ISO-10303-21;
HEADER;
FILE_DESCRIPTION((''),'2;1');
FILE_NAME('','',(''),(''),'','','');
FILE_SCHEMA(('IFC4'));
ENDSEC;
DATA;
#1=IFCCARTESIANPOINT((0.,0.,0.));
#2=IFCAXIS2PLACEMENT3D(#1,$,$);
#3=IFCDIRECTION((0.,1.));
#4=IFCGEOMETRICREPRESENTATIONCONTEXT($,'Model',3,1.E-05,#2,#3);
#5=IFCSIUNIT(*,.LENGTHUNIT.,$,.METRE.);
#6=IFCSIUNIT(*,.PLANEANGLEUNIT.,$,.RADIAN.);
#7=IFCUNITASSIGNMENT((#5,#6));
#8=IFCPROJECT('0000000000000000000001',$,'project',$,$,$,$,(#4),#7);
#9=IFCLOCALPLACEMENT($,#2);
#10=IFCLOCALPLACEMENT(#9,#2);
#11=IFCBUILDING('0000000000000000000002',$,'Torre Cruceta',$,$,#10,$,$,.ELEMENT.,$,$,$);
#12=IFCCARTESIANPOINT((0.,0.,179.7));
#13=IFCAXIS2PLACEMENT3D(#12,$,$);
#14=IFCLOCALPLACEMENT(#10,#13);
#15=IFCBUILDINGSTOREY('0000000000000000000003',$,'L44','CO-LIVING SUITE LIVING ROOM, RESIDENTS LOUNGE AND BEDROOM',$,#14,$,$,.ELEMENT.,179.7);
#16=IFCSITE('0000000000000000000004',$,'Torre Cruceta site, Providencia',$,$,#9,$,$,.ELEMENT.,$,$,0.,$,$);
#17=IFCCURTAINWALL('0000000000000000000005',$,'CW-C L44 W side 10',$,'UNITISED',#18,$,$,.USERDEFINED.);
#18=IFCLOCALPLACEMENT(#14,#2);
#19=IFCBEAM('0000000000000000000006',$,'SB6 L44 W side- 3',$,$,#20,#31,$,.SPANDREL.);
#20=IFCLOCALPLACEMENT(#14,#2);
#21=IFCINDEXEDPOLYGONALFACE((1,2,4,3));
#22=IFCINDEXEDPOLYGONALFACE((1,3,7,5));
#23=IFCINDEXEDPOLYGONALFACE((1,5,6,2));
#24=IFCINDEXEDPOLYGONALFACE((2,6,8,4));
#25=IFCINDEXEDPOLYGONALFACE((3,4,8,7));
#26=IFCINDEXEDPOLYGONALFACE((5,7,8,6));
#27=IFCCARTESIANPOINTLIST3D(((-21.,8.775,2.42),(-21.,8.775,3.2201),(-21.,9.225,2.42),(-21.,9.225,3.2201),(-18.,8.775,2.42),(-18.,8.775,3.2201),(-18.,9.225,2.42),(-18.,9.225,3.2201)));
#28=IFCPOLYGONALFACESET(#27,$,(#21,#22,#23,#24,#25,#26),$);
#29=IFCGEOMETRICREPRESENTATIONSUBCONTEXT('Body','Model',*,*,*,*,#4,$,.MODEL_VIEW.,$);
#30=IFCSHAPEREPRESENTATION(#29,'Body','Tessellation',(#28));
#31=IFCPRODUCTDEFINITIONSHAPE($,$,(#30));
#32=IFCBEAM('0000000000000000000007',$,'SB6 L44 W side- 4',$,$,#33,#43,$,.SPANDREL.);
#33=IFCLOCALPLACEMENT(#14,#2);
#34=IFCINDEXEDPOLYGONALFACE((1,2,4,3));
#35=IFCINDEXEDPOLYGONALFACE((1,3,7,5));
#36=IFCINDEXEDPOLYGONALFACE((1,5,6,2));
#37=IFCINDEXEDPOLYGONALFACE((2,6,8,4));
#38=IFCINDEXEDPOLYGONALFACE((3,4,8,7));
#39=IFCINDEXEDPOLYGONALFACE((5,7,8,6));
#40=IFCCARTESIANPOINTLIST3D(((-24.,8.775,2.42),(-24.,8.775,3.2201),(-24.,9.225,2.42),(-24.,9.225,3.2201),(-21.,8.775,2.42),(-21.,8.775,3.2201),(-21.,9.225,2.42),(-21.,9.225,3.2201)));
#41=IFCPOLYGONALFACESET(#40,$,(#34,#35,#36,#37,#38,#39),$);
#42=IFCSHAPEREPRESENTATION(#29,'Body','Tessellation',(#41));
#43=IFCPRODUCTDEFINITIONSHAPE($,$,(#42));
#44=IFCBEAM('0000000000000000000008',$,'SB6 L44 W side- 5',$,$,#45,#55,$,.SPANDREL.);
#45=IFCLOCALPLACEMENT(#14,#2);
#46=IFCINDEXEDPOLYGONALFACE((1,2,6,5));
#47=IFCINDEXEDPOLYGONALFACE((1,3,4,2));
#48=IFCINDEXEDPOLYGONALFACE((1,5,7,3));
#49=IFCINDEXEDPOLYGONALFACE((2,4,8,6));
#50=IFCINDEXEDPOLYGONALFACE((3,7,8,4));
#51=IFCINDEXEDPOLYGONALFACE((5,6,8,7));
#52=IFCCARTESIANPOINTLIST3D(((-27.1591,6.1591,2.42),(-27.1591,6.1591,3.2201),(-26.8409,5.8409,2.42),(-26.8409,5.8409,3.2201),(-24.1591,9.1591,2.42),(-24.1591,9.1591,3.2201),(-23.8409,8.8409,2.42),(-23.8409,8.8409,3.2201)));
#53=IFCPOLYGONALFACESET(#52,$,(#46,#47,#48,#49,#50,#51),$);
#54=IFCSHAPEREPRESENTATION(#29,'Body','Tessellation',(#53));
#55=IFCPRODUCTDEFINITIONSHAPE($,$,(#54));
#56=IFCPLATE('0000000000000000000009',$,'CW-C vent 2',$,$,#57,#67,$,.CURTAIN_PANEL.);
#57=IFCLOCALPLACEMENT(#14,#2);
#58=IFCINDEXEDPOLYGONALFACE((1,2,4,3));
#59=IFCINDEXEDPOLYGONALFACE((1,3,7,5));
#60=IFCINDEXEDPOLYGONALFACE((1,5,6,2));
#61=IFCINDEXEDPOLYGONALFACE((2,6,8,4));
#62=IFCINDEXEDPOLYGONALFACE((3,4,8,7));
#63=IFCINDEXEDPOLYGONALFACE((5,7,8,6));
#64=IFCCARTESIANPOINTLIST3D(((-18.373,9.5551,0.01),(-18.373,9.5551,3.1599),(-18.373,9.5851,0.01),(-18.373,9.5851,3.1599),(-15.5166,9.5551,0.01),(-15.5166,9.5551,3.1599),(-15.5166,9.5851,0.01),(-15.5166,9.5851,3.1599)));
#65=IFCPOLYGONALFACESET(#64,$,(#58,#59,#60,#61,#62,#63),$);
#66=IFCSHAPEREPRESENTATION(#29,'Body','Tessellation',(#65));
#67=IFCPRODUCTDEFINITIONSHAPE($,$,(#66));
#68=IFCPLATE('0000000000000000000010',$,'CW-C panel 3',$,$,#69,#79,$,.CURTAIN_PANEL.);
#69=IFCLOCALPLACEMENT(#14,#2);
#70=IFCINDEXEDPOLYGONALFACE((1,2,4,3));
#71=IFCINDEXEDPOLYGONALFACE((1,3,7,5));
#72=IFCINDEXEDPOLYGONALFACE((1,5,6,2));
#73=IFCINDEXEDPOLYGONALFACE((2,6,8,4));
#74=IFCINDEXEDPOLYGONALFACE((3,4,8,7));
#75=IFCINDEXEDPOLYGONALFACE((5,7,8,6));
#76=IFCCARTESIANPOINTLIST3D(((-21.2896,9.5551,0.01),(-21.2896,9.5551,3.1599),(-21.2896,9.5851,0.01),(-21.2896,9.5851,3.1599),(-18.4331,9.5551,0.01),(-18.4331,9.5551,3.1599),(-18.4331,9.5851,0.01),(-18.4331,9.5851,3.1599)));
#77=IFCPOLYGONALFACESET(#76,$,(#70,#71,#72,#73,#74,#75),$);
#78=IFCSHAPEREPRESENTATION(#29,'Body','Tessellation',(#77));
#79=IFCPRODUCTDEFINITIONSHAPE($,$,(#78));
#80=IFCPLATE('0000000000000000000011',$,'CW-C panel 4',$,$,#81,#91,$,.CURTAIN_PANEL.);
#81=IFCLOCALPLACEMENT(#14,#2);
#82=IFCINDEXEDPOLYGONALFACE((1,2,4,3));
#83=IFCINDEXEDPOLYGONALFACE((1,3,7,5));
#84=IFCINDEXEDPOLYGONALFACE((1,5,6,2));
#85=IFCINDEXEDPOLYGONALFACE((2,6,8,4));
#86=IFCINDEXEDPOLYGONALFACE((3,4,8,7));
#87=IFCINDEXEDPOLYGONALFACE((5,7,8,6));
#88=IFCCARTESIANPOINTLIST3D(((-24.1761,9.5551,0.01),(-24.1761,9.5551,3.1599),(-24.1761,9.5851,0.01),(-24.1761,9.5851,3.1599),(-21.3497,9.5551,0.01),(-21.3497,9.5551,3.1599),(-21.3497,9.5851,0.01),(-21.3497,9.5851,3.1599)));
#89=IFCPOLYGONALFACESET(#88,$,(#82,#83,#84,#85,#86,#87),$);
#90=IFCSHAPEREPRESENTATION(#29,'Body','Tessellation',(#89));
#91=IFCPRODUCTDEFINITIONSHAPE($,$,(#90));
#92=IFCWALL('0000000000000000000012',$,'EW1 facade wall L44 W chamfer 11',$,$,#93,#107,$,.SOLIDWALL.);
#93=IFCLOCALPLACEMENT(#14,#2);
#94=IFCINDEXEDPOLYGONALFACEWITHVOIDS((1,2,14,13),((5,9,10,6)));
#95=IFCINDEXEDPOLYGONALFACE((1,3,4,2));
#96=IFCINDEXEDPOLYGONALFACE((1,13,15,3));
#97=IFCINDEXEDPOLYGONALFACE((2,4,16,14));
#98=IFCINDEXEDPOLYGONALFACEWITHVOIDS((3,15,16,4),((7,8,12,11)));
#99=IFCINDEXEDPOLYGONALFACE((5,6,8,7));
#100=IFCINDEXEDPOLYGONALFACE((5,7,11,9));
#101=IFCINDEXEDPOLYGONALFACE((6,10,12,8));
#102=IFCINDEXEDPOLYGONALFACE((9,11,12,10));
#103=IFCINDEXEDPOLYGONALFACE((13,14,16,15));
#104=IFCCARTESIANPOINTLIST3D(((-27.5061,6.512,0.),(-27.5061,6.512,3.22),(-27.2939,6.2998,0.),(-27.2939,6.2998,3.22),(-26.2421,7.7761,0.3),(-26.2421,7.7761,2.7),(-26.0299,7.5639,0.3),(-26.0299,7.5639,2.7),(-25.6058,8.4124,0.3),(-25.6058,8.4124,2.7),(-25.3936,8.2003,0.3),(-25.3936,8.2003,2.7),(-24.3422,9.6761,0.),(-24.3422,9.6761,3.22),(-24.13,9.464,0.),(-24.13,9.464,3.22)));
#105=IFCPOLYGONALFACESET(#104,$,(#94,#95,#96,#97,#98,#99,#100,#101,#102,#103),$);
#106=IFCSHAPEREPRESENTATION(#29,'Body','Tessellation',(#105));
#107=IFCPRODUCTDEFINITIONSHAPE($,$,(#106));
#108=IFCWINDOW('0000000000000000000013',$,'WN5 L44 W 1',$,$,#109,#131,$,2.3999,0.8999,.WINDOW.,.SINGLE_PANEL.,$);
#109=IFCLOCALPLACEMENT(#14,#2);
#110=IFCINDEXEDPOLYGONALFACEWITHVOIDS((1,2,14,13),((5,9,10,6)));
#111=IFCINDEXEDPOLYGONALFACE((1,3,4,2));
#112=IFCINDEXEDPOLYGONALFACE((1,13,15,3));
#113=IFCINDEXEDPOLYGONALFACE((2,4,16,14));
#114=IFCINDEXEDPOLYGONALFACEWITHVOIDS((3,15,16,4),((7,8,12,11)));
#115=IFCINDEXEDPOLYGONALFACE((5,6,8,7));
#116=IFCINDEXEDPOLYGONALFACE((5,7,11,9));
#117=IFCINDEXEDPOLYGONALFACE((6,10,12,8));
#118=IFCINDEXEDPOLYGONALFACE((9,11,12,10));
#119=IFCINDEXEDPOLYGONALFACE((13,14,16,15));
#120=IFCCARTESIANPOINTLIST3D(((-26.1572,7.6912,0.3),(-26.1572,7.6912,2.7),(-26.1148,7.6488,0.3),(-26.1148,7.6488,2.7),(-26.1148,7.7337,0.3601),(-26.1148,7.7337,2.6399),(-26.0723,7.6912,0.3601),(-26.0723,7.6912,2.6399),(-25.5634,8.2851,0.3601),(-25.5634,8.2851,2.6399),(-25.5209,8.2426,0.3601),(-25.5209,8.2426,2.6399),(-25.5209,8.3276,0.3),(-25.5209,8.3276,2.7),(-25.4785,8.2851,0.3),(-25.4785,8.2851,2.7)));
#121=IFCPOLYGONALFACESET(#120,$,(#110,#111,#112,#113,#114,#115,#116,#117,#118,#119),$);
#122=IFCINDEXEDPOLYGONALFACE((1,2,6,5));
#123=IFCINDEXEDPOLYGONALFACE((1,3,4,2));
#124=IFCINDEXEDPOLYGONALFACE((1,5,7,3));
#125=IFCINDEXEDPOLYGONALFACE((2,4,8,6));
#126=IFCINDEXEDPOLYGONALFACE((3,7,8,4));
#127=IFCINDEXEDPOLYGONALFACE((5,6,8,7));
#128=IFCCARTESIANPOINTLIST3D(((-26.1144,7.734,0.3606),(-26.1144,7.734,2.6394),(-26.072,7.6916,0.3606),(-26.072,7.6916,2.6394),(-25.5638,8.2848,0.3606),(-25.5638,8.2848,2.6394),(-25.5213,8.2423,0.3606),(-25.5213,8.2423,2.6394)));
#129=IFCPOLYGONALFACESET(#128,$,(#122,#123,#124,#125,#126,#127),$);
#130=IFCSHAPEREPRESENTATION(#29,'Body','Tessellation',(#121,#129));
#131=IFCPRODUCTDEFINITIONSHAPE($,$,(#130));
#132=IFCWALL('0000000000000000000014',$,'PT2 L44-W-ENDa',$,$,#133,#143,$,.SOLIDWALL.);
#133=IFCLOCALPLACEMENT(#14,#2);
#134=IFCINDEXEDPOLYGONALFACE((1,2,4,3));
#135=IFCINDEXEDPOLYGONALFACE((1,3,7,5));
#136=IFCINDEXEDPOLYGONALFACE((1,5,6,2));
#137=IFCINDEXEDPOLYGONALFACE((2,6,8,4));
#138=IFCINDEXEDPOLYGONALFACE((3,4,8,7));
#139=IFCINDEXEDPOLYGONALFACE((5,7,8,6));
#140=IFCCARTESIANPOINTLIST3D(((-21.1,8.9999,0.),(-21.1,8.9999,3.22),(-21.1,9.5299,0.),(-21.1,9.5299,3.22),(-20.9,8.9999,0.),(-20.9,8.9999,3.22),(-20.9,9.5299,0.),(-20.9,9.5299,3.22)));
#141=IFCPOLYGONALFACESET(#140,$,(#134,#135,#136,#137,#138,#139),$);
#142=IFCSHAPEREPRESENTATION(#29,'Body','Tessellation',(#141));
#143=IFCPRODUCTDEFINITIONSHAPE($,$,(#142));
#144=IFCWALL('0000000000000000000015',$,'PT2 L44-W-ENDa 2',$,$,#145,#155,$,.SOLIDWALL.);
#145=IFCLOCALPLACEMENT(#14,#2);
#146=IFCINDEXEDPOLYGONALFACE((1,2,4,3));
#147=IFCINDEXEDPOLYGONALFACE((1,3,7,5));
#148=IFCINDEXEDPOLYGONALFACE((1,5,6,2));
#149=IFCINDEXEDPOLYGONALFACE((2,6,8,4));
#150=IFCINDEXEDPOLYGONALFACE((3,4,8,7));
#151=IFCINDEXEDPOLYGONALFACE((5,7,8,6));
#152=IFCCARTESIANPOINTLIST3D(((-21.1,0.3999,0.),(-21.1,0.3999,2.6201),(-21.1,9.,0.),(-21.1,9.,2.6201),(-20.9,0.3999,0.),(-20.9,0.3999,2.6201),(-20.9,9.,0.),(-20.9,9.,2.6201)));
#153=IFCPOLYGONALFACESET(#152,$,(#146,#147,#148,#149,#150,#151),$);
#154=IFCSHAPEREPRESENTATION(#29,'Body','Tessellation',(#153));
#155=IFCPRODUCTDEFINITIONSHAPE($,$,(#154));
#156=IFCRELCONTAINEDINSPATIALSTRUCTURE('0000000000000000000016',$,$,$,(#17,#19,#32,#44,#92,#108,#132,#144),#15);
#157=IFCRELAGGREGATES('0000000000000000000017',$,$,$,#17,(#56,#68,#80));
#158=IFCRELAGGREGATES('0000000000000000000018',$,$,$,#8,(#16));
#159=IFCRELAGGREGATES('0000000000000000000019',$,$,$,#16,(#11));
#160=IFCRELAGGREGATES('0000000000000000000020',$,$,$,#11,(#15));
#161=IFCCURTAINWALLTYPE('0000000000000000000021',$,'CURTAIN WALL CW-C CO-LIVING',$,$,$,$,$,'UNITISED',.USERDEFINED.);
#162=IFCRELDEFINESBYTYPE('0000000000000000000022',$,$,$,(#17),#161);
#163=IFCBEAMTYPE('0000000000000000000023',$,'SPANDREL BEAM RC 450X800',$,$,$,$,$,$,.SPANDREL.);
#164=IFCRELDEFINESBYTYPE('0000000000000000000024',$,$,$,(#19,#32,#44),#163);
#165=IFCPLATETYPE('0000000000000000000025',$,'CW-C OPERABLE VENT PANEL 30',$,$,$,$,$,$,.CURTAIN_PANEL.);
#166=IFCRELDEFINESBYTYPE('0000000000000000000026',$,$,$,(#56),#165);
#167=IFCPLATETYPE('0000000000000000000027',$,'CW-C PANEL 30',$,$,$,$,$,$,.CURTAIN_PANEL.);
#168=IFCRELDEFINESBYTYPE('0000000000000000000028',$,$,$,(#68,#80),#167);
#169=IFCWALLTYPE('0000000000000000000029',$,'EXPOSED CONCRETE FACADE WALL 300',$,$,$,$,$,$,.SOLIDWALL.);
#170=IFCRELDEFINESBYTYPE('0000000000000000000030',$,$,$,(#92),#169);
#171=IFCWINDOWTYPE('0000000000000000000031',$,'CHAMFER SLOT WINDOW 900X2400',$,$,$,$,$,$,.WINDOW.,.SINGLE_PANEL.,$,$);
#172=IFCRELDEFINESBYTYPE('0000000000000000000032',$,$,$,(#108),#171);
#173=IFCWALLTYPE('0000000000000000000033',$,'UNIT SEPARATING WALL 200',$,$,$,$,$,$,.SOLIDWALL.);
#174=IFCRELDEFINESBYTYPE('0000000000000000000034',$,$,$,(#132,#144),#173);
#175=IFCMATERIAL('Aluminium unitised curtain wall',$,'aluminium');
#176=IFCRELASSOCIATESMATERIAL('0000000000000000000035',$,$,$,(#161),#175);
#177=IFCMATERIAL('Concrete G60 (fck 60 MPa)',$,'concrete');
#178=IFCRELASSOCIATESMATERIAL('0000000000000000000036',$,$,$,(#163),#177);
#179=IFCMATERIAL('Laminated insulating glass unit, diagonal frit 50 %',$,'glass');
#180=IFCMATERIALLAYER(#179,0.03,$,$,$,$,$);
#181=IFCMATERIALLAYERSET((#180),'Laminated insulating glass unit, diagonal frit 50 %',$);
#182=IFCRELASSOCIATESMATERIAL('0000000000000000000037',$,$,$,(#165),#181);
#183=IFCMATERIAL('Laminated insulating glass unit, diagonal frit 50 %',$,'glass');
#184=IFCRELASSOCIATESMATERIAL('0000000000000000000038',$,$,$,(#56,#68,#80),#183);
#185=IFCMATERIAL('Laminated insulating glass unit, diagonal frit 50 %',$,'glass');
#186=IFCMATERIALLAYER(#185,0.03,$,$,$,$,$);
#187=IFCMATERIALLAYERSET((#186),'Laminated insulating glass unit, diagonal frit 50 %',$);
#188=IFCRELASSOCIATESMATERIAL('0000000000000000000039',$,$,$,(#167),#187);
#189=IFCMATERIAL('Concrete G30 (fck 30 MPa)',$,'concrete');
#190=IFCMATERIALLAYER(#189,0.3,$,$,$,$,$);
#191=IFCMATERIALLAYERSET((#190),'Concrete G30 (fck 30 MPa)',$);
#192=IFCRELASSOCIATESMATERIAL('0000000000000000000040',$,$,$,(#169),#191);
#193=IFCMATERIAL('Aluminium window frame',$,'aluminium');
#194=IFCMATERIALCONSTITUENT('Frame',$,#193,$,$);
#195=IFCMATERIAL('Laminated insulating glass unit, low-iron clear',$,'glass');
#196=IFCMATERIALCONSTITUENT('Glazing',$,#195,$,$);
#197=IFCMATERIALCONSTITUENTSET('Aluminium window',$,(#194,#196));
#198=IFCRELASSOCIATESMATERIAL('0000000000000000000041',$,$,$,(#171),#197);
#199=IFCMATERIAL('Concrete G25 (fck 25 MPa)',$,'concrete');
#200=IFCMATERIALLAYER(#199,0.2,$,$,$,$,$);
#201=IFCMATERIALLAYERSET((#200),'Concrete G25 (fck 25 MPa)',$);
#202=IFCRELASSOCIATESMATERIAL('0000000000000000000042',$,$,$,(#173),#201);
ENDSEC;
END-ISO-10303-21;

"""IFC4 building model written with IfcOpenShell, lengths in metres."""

from ifc_helpers import new_model, si_unit, direction, frame, frame_2d, origin, origin_2d, place, context, subcontext, project, spatial, rectangle, hollow_rectangle, extrude, material, layer, layer_set, constituent, constituent_set, material_profile, profile_set, type_object, element, fill, aggregate, save


model = new_model("IFC4")

# Units and contexts
model_context = context("Model", 3, precision=1e-05, world=origin(), true_north=direction((0.0, 1.0)))
body_context = subcontext(model_context, "Body", "Model", "MODEL_VIEW")
ifc_project = project(units=[si_unit("LENGTHUNIT", "METRE"), si_unit("PLANEANGLEUNIT", "RADIAN")], contexts=[model_context])

# Site, building, storey
site_placement = place(None, origin())
site = spatial("IfcSite", under=ifc_project, at=site_placement, Name="Torre Cruceta site, Providencia", CompositionType="ELEMENT", RefElevation=0.0)
building_placement = place(site_placement, origin())
building = spatial("IfcBuilding", under=site, at=building_placement, Name="Torre Cruceta", CompositionType="ELEMENT")
storey_placement = place(building_placement, frame((0.0, 0.0, 179.7)))
storey = spatial("IfcBuildingStorey", under=building, at=storey_placement, Name="L44", Description="CO-LIVING SUITE LIVING ROOM, RESIDENTS LOUNGE AND BEDROOM", CompositionType="ELEMENT", Elevation=179.7)

# Curtain wall
ifc_material_1 = material(Name="Aluminium unitised curtain wall", Category="aluminium")
curtain_wall_type = type_object("IfcCurtainWallType", Name="CURTAIN WALL CW-C CO-LIVING", ElementType="UNITISED", PredefinedType="USERDEFINED", material=ifc_material_1)
curtain_wall_placement = place(storey_placement, origin())
curtain_wall = element("IfcCurtainWall", 1, at=curtain_wall_placement, inside=storey, type_object=curtain_wall_type, Name="CW-C L44 W side 10", ObjectType="UNITISED", PredefinedType="USERDEFINED")

# Beams
ifc_material_2 = material(Name="Concrete G60 (fck 60 MPa)", Category="concrete")
ifc_material_profile_1 = material_profile(ifc_material_2, rectangle(XDim=0.45, YDim=0.8, at=origin_2d()), Name="RC 450X800")
ifc_profile_set_1 = profile_set([ifc_material_profile_1], Name="Concrete G60 (fck 60 MPa)")
beam_type_1 = type_object("IfcBeamType", Name="SPANDREL BEAM RC 450X800", PredefinedType="SPANDREL", material=ifc_profile_set_1)
for number, where, z_axis, x_axis, name in (
    (2, (-18.0, 9.0, 2.8201), (-1.0, 0.0, 0.0), (0.0, -1.0, 0.0), "SB6 L44 W side- 3"),
    (3, (-21.0, 9.0, 2.8201), (-1.0, 0.0, 0.0), (0.0, -1.0, 0.0), "SB6 L44 W side- 4"),
):
    element("IfcBeam", number, at=place(storey_placement, frame(where, z_axis=z_axis, x_axis=x_axis)), inside=storey, type_object=beam_type_1, Name=name, PredefinedType="SPANDREL", context=body_context, shape_type="SweptSolid", body=[
        extrude(rectangle(XDim=0.45, YDim=0.8, at=origin_2d()), origin(), (0.0, 0.0, 1.0), 3.0),
    ])
beam_1_placement = place(storey_placement, frame((-24.0, 9.0, 2.8201), z_axis=(-0.707107, -0.707107, 0.0), x_axis=(0.707107, -0.707107, 0.0)))
element("IfcBeam", 4, at=beam_1_placement, inside=storey, type_object=beam_type_1, Name="SB6 L44 W side- 5", PredefinedType="SPANDREL", context=body_context, shape_type="SweptSolid", body=[
    extrude(rectangle(XDim=0.45, YDim=0.8, at=origin_2d()), origin(), (0.0, 0.0, 1.0), 4.2427),
])

# Plates
ifc_material_3 = material(Name="Laminated insulating glass unit, diagonal frit 50 %", Category="glass")
ifc_material_4 = material(Name="Laminated insulating glass unit, diagonal frit 50 %", Category="glass")
ifc_layer_1 = layer(ifc_material_4, 0.03)
ifc_layer_set_1 = layer_set([ifc_layer_1], Name="Laminated insulating glass unit, diagonal frit 50 %")
plate_type_1 = type_object("IfcPlateType", Name="CW-C OPERABLE VENT PANEL 30", PredefinedType="CURTAIN_PANEL", material=ifc_layer_set_1)
plate_1_placement = place(storey_placement, frame((-16.9448, 9.5701, 0.01), z_axis=(0.0, 0.0, 1.0), x_axis=(-1.0, 0.0, 0.0)))
plate_1 = element("IfcPlate", 5, at=plate_1_placement, type_object=plate_type_1, material=ifc_material_3, Name="CW-C vent 2", PredefinedType="CURTAIN_PANEL", context=body_context, shape_type="SweptSolid", body=[
    extrude(rectangle(XDim=2.8564, YDim=0.03, at=origin_2d()), origin(), (0.0, 0.0, 1.0), 3.1499),
])
ifc_material_5 = material(Name="Laminated insulating glass unit, diagonal frit 50 %", Category="glass")
ifc_layer_2 = layer(ifc_material_5, 0.03)
ifc_layer_set_2 = layer_set([ifc_layer_2], Name="Laminated insulating glass unit, diagonal frit 50 %")
plate_type_2 = type_object("IfcPlateType", Name="CW-C PANEL 30", PredefinedType="CURTAIN_PANEL", material=ifc_layer_set_2)
plate_2_placement = place(storey_placement, frame((-19.8613, 9.5701, 0.01), z_axis=(0.0, 0.0, 1.0), x_axis=(-1.0, 0.0, 0.0)))
plate_2 = element("IfcPlate", 6, at=plate_2_placement, type_object=plate_type_2, material=ifc_material_3, Name="CW-C panel 3", PredefinedType="CURTAIN_PANEL", context=body_context, shape_type="SweptSolid", body=[
    extrude(rectangle(XDim=2.8564, YDim=0.03, at=origin_2d()), origin(), (0.0, 0.0, 1.0), 3.1499),
])
plate_3_placement = place(storey_placement, frame((-22.7629, 9.5701, 0.01), z_axis=(0.0, 0.0, 1.0), x_axis=(-1.0, 0.0, 0.0)))
plate_3 = element("IfcPlate", 7, at=plate_3_placement, type_object=plate_type_2, material=ifc_material_3, Name="CW-C panel 4", PredefinedType="CURTAIN_PANEL", context=body_context, shape_type="SweptSolid", body=[
    extrude(rectangle(XDim=2.8264, YDim=0.03, at=origin_2d()), origin(), (0.0, 0.0, 1.0), 3.1499),
])
aggregate(curtain_wall, [plate_1, plate_2, plate_3])

# Wall, opening, window
ifc_material_6 = material(Name="Concrete G30 (fck 30 MPa)", Category="concrete")
ifc_layer_3 = layer(ifc_material_6, 0.3)
ifc_layer_set_3 = layer_set([ifc_layer_3], Name="Concrete G30 (fck 30 MPa)")
wall_type_1 = type_object("IfcWallType", Name="EXPOSED CONCRETE FACADE WALL 300", PredefinedType="SOLIDWALL", material=ifc_layer_set_3)
wall_1_placement = place(storey_placement, frame((-24.2361, 9.5701, 0.0), z_axis=(0.0, 0.0, 1.0), x_axis=(-0.707079, -0.707134, 0.0)))
wall_1 = element("IfcWall", 8, at=wall_1_placement, inside=storey, type_object=wall_type_1, Name="EW1 facade wall L44 W chamfer 11", PredefinedType="SOLIDWALL", context=body_context, shape_type="SweptSolid", body=[
    extrude(rectangle(XDim=4.4746, YDim=0.3, at=frame_2d((2.2373, 0.0))), origin(), (0.0, 0.0, 1.0), 3.22),
])
opening_placement = place(wall_1_placement, frame((1.7871, 0.0, 0.3)))
opening = element("IfcOpeningElement", 9, at=opening_placement, cuts=wall_1, PredefinedType="OPENING", context=body_context, shape_type="SweptSolid", body=[
    extrude(rectangle(XDim=0.8999, YDim=2.3999, at=frame_2d((0.45, 1.2))), frame((0.0, 0.1599, 0.0), z_axis=(0.0, -1.0, 0.0), x_axis=(1.0, 0.0, 0.0)), (0.0, 0.0, 1.0), 0.3201),
])
ifc_material_7 = material(Name="Aluminium window frame", Category="aluminium")
ifc_constituent_1 = constituent(ifc_material_7, Name="Frame")
ifc_material_8 = material(Name="Laminated insulating glass unit, low-iron clear", Category="glass")
ifc_constituent_2 = constituent(ifc_material_8, Name="Glazing")
ifc_constituent_set = constituent_set(constituents=[ifc_constituent_1, ifc_constituent_2], Name="Aluminium window")
window_type = type_object("IfcWindowType", Name="CHAMFER SLOT WINDOW 900X2400", PartitioningType="SINGLE_PANEL", PredefinedType="WINDOW", material=ifc_constituent_set)
window_placement = place(opening_placement, origin())
window = element("IfcWindow", 10, at=window_placement, inside=storey, type_object=window_type, Name="WN5 L44 W 1", OverallHeight=2.3999, OverallWidth=0.8999, PartitioningType="SINGLE_PANEL", PredefinedType="WINDOW", context=body_context, shape_type="SweptSolid", body=[
    extrude(hollow_rectangle(XDim=0.8999, YDim=2.3999, WallThickness=0.0601, at=frame_2d((0.45, 1.2))), frame((0.0, 0.03, 0.0), z_axis=(0.0, -1.0, 0.0), x_axis=(1.0, 0.0, 0.0)), (0.0, 0.0, 1.0), 0.0601),
    extrude(rectangle(XDim=0.7788, YDim=2.2788, at=frame_2d((0.45, 1.2))), frame((0.0, 0.03, 0.0), z_axis=(0.0, -1.0, 0.0), x_axis=(1.0, 0.0, 0.0)), (0.0, 0.0, 1.0), 0.0601),
])
fill(opening, window)

# Walls
ifc_material_9 = material(Name="Concrete G25 (fck 25 MPa)", Category="concrete")
ifc_layer_4 = layer(ifc_material_9, 0.2)
ifc_layer_set_4 = layer_set([ifc_layer_4], Name="Concrete G25 (fck 25 MPa)")
wall_type_2 = type_object("IfcWallType", Name="UNIT SEPARATING WALL 200", PredefinedType="SOLIDWALL", material=ifc_layer_set_4)
wall_2_placement = place(storey_placement, frame((-21.0, 9.53, 0.0), z_axis=(0.0, 0.0, 1.0), x_axis=(0.0, -1.0, 0.0)))
element("IfcWall", 11, at=wall_2_placement, inside=storey, type_object=wall_type_2, Name="PT2 L44-W-ENDa", PredefinedType="SOLIDWALL", context=body_context, shape_type="SweptSolid", body=[
    extrude(rectangle(XDim=0.53, YDim=0.2, at=frame_2d((0.2651, 0.0))), origin(), (0.0, 0.0, 1.0), 3.22),
])
wall_3_placement = place(storey_placement, frame((-21.0, 9.0, 0.0), z_axis=(0.0, 0.0, 1.0), x_axis=(0.0, -1.0, 0.0)))
element("IfcWall", 12, at=wall_3_placement, inside=storey, type_object=wall_type_2, Name="PT2 L44-W-ENDa 2", PredefinedType="SOLIDWALL", context=body_context, shape_type="SweptSolid", body=[
    extrude(rectangle(XDim=8.6001, YDim=0.2, at=frame_2d((4.3, 0.0))), origin(), (0.0, 0.0, 1.0), 2.6201),
])

save(model, "model.ifc")
